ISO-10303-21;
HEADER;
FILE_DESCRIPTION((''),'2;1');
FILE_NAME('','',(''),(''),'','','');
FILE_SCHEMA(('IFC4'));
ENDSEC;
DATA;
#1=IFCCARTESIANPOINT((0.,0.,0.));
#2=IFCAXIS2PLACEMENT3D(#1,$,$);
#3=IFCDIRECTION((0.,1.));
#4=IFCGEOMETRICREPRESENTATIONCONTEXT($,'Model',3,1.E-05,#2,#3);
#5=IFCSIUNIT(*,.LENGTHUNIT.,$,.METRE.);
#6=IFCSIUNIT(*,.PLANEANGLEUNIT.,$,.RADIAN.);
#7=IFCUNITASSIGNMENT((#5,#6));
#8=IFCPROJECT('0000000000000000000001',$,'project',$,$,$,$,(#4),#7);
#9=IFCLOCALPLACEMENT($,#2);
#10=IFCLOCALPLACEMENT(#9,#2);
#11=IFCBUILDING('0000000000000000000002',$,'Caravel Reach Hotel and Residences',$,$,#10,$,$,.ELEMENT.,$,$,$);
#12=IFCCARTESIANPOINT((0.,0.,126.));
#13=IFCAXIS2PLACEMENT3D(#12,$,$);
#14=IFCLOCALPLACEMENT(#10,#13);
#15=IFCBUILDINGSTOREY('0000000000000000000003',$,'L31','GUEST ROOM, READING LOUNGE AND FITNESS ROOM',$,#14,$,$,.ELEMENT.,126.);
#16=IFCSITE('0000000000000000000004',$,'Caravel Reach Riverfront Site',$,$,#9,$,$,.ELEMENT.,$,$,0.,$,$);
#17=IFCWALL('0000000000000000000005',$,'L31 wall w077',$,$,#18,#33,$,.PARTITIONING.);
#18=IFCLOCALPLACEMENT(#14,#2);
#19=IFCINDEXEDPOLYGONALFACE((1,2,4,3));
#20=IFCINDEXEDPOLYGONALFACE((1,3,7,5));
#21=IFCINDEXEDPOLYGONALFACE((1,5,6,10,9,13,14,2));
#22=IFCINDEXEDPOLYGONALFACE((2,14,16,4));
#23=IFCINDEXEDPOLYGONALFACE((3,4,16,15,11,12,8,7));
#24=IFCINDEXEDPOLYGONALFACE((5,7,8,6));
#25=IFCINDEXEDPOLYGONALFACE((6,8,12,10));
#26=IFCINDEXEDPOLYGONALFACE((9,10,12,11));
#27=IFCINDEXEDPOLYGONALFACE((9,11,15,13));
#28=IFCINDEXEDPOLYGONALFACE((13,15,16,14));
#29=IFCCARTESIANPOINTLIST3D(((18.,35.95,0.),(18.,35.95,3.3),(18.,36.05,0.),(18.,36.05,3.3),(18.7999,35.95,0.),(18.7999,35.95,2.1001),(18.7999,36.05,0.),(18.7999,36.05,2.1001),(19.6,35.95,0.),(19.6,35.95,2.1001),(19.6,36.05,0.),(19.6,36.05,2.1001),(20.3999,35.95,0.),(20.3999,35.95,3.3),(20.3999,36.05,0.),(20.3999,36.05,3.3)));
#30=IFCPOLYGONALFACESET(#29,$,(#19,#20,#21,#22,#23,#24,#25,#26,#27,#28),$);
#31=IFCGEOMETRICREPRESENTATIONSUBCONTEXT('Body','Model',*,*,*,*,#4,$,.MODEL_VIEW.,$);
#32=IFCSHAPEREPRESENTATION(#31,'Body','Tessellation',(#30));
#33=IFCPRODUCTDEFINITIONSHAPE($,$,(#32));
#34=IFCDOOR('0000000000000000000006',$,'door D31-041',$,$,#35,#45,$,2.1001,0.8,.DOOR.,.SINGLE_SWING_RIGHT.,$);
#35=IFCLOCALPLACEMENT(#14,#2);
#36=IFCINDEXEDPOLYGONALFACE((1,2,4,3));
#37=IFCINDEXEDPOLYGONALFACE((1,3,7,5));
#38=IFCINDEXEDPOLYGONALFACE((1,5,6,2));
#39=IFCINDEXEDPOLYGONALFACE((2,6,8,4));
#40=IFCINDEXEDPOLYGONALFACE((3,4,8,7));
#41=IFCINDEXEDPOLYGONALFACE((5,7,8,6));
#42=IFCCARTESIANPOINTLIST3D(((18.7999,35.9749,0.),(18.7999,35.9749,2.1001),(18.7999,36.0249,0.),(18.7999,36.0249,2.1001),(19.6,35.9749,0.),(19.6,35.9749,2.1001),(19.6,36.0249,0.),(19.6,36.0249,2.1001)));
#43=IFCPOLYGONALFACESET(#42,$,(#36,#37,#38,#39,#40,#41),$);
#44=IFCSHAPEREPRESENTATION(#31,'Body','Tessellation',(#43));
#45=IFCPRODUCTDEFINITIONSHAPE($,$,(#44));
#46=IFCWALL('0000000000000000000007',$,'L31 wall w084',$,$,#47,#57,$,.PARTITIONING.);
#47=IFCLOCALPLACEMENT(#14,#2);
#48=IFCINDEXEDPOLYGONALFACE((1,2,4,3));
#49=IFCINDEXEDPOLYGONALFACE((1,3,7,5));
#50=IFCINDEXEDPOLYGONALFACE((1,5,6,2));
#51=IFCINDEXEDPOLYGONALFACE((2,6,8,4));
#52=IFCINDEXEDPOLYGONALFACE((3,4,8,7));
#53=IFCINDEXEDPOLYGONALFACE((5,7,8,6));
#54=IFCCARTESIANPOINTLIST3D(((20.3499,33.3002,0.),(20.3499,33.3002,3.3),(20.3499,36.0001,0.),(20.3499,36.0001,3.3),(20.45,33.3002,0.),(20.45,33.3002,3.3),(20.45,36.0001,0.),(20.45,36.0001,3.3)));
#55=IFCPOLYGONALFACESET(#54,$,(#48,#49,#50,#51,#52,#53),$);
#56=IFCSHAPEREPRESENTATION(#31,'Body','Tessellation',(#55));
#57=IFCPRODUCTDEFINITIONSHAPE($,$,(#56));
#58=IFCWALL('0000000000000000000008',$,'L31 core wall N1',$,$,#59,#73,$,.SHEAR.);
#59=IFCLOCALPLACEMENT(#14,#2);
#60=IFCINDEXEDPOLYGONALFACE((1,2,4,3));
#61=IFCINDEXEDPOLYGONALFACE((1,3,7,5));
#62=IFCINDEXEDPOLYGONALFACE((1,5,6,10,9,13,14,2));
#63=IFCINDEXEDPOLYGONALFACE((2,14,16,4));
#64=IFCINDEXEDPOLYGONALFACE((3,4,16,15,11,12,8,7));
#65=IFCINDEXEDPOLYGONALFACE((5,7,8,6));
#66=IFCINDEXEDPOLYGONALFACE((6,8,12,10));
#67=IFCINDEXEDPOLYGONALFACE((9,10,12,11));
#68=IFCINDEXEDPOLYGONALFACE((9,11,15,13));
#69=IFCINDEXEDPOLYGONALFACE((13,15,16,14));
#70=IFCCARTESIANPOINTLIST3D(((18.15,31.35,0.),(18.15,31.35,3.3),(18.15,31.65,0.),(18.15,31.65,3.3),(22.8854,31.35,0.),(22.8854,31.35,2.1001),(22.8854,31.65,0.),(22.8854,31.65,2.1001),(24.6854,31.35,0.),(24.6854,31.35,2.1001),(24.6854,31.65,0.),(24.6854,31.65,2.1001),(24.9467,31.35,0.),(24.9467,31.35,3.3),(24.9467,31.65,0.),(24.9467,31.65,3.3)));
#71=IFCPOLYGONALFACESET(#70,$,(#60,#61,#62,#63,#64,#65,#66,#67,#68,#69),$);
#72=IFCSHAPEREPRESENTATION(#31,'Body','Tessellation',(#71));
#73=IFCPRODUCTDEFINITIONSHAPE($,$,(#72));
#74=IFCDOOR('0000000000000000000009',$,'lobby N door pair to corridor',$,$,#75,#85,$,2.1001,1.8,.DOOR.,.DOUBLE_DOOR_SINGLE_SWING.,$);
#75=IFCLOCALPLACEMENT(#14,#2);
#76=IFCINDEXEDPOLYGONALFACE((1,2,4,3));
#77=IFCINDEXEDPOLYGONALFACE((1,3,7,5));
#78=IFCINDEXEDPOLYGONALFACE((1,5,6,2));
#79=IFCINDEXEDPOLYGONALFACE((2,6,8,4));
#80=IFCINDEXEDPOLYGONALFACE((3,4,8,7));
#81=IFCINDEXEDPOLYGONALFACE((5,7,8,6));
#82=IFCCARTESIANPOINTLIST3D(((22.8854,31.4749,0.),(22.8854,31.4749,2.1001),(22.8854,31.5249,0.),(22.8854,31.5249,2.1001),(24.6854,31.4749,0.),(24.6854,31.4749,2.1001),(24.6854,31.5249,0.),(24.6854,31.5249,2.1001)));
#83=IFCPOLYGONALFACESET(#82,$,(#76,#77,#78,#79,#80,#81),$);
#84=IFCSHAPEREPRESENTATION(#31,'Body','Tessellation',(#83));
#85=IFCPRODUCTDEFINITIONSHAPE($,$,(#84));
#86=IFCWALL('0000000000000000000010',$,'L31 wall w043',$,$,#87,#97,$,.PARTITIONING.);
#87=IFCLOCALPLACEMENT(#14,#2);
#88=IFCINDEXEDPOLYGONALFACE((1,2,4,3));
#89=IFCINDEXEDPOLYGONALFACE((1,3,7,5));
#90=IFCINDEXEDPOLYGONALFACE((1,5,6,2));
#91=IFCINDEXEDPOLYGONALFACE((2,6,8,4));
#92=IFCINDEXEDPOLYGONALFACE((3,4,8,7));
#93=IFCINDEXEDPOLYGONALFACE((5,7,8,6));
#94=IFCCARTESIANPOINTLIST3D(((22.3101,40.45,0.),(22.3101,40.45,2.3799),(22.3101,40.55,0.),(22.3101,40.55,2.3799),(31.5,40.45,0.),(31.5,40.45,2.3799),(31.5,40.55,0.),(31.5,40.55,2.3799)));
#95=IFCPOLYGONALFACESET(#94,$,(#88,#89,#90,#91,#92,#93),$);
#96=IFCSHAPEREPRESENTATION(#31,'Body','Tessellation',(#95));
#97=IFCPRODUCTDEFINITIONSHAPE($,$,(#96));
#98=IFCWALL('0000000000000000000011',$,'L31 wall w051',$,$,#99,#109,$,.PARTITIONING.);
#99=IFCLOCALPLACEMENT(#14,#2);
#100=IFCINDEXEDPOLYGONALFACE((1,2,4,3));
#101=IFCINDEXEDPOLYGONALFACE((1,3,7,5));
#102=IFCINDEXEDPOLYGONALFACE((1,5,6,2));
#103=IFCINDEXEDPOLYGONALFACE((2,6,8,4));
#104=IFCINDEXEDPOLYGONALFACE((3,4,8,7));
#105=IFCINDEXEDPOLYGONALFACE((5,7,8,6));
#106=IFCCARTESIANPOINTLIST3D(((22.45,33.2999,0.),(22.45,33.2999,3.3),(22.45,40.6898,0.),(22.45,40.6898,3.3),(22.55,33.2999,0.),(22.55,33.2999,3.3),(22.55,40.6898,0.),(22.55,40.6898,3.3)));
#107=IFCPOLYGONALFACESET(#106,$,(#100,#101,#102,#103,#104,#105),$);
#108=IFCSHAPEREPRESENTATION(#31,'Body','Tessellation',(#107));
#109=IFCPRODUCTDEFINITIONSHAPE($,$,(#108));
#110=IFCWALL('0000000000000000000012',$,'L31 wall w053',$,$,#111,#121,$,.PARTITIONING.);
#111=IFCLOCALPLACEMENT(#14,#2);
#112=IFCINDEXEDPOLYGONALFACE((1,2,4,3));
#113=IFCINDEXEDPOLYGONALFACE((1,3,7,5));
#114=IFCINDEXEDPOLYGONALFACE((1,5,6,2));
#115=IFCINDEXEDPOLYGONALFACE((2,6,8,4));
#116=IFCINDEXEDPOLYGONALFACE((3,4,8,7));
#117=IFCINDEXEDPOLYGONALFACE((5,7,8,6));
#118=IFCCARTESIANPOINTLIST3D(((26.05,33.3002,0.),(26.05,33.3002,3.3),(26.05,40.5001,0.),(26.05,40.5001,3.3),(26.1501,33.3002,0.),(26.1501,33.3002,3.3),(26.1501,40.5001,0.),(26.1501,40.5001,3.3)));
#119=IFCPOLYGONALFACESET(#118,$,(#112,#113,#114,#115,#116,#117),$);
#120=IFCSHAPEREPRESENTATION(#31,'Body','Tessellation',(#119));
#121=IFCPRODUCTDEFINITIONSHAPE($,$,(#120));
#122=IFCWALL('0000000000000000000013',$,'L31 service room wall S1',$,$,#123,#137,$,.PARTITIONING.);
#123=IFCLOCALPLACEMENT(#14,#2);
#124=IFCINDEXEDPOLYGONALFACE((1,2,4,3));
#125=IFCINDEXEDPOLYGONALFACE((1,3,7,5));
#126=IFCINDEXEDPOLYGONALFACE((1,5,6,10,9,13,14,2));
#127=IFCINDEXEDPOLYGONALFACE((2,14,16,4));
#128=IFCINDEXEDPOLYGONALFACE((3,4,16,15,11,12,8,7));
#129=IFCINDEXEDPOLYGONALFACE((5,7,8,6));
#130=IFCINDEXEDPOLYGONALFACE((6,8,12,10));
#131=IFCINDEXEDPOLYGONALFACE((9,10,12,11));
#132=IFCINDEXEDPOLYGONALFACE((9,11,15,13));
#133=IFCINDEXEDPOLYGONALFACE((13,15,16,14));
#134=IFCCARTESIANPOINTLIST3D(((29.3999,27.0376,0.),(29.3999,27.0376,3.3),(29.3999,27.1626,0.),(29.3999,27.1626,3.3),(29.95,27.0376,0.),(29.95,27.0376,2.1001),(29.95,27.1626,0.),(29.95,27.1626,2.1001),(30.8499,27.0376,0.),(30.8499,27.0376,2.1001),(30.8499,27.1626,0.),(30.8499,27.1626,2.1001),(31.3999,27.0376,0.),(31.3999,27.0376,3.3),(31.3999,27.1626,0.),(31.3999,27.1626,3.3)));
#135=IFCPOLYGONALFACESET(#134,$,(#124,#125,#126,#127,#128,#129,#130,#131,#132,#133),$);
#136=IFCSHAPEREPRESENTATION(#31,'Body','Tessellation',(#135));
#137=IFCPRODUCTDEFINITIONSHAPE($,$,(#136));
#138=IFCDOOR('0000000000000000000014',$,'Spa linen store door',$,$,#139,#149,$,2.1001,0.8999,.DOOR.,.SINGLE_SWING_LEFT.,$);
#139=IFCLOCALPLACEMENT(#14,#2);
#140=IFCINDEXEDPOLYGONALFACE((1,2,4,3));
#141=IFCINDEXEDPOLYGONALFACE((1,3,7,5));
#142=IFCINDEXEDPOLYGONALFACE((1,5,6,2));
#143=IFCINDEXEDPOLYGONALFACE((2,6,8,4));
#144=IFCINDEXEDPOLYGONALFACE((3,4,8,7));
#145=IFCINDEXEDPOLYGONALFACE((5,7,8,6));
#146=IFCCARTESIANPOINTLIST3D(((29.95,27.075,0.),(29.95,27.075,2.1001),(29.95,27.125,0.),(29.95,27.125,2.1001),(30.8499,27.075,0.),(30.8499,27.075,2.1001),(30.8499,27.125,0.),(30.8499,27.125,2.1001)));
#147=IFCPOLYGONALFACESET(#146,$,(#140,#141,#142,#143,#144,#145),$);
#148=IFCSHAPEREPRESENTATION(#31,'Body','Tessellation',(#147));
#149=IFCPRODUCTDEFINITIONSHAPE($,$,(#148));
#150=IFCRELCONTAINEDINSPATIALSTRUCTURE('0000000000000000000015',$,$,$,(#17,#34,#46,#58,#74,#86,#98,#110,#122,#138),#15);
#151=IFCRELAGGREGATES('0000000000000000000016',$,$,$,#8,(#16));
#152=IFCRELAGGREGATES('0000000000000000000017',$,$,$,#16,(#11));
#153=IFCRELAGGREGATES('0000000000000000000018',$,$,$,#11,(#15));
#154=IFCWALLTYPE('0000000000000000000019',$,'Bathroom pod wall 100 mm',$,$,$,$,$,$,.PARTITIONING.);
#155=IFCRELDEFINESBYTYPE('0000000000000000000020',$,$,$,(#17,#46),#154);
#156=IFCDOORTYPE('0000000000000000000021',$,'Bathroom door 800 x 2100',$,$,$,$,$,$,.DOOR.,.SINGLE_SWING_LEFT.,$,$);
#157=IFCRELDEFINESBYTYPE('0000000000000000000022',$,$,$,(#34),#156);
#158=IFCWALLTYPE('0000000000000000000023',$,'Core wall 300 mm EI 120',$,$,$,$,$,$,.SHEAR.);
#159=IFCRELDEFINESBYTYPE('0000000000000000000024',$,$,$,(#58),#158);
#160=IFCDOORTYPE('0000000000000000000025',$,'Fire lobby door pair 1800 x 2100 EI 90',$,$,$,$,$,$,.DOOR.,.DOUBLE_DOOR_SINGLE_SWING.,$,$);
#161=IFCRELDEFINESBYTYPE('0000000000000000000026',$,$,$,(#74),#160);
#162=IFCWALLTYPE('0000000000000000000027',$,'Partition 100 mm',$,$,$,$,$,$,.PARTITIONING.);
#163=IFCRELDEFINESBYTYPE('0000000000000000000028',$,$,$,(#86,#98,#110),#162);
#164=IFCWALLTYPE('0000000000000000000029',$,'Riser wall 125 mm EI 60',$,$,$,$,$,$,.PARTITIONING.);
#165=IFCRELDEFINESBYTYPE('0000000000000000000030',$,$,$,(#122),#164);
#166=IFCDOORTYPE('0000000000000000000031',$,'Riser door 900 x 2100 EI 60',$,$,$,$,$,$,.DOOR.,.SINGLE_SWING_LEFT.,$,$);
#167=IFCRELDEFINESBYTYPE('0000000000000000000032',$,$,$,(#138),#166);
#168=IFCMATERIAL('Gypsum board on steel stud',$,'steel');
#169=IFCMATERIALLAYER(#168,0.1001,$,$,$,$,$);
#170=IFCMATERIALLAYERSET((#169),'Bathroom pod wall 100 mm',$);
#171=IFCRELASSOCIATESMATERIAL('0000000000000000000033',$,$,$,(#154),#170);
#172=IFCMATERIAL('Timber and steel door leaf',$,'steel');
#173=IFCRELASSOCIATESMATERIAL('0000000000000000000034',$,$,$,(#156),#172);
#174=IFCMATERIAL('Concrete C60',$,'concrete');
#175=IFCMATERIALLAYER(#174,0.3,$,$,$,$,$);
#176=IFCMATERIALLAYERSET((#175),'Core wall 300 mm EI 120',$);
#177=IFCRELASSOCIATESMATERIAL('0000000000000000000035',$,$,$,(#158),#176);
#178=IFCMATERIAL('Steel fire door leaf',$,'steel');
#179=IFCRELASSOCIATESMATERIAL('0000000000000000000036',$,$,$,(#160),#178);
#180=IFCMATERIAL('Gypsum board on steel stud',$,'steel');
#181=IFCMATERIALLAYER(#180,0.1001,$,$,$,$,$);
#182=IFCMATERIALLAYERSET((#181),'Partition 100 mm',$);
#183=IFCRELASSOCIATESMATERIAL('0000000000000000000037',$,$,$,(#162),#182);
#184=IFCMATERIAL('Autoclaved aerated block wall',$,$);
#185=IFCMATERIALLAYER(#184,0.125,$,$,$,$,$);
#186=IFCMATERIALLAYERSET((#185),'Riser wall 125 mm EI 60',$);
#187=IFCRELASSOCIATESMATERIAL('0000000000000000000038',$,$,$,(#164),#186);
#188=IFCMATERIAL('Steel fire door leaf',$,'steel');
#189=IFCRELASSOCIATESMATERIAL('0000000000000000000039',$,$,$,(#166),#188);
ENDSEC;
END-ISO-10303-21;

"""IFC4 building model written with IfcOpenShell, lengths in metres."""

from ifc_helpers import new_model, si_unit, direction, frame, frame_2d, origin, place, context, subcontext, project, spatial, rectangle, extrude, material, layer, layer_set, type_object, element, fill, save


model = new_model("IFC4")

# Units and contexts
model_context = context("Model", 3, precision=1e-05, world=origin(), true_north=direction((0.0, 1.0)))
body_context = subcontext(model_context, "Body", "Model", "MODEL_VIEW")
ifc_project = project(units=[si_unit("LENGTHUNIT", "METRE"), si_unit("PLANEANGLEUNIT", "RADIAN")], contexts=[model_context])

# Site, building, storey
site_placement = place(None, origin())
site = spatial("IfcSite", under=ifc_project, at=site_placement, Name="Caravel Reach Riverfront Site", CompositionType="ELEMENT", RefElevation=0.0)
building_placement = place(site_placement, origin())
building = spatial("IfcBuilding", under=site, at=building_placement, Name="Caravel Reach Hotel and Residences", CompositionType="ELEMENT")
storey_placement = place(building_placement, frame((0.0, 0.0, 126.0)))
storey = spatial("IfcBuildingStorey", under=building, at=storey_placement, Name="L31", Description="GUEST ROOM, READING LOUNGE AND FITNESS ROOM", CompositionType="ELEMENT", Elevation=126.0)

# Wall, opening, door
ifc_material_1 = material(Name="Gypsum board on steel stud", Category="steel")
ifc_layer_1 = layer(ifc_material_1, 0.1001)
ifc_layer_set_1 = layer_set([ifc_layer_1], Name="Bathroom pod wall 100 mm")
wall_type_1 = type_object("IfcWallType", Name="Bathroom pod wall 100 mm", PredefinedType="PARTITIONING", material=ifc_layer_set_1)
wall_1_placement = place(storey_placement, frame((18.0, 36.0, 0.0), z_axis=(0.0, 0.0, 1.0), x_axis=(1.0, 0.0, 0.0)))
wall_1 = element("IfcWall", 1, at=wall_1_placement, inside=storey, type_object=wall_type_1, Name="L31 wall w077", PredefinedType="PARTITIONING", context=body_context, shape_type="SweptSolid", body=[
    extrude(rectangle(XDim=2.3999, YDim=0.1001, at=frame_2d((1.2, 0.0))), origin(), (0.0, 0.0, 1.0), 3.3),
])
opening_1_placement = place(wall_1_placement, frame((0.8, 0.0, 0.0)))
opening_1 = element("IfcOpeningElement", 2, at=opening_1_placement, cuts=wall_1, PredefinedType="OPENING", context=body_context, shape_type="SweptSolid", body=[
    extrude(rectangle(XDim=0.8, YDim=2.1001, at=frame_2d((0.3999, 1.05))), frame((0.0, 0.0601, 0.0), z_axis=(0.0, -1.0, 0.0), x_axis=(1.0, 0.0, 0.0)), (0.0, 0.0, 1.0), 0.1201),
])
ifc_material_2 = material(Name="Timber and steel door leaf", Category="steel")
door_type_1 = type_object("IfcDoorType", Name="Bathroom door 800 x 2100", OperationType="SINGLE_SWING_LEFT", PredefinedType="DOOR", material=ifc_material_2)
door_1_placement = place(opening_1_placement, origin())
door_1 = element("IfcDoor", 3, at=door_1_placement, inside=storey, type_object=door_type_1, Name="door D31-041", OperationType="SINGLE_SWING_RIGHT", OverallHeight=2.1001, OverallWidth=0.8, PredefinedType="DOOR", context=body_context, shape_type="SweptSolid", body=[
    extrude(rectangle(XDim=0.8, YDim=2.1001, at=frame_2d((0.3999, 1.05))), frame((0.0, 0.0249, 0.0), z_axis=(0.0, -1.0, 0.0), x_axis=(1.0, 0.0, 0.0)), (0.0, 0.0, 1.0), 0.05),
])
fill(opening_1, door_1)

# Wall
wall_2_placement = place(storey_placement, frame((20.3999, 33.3, 0.0), z_axis=(0.0, 0.0, 1.0), x_axis=(0.0, 1.0, 0.0)))
element("IfcWall", 4, at=wall_2_placement, inside=storey, type_object=wall_type_1, Name="L31 wall w084", PredefinedType="PARTITIONING", context=body_context, shape_type="SweptSolid", body=[
    extrude(rectangle(XDim=2.7, YDim=0.1001, at=frame_2d((1.3501, 0.0))), origin(), (0.0, 0.0, 1.0), 3.3),
])

# Wall, opening, door
ifc_material_3 = material(Name="Concrete C60", Category="concrete")
ifc_layer_2 = layer(ifc_material_3, 0.3)
ifc_layer_set_2 = layer_set([ifc_layer_2], Name="Core wall 300 mm EI 120")
wall_type_2 = type_object("IfcWallType", Name="Core wall 300 mm EI 120", PredefinedType="SHEAR", material=ifc_layer_set_2)
wall_3_placement = place(storey_placement, frame((18.1499, 31.5, 0.0), z_axis=(0.0, 0.0, 1.0), x_axis=(1.0, 0.0, 0.0)))
wall_3 = element("IfcWall", 5, at=wall_3_placement, inside=storey, type_object=wall_type_2, Name="L31 core wall N1", PredefinedType="SHEAR", context=body_context, shape_type="SweptSolid", body=[
    extrude(rectangle(XDim=6.7966, YDim=0.3, at=frame_2d((3.3984, 0.0))), origin(), (0.0, 0.0, 1.0), 3.3),
])
opening_2_placement = place(wall_3_placement, frame((4.7356, 0.0, 0.0)))
opening_2 = element("IfcOpeningElement", 6, at=opening_2_placement, cuts=wall_3, PredefinedType="OPENING", context=body_context, shape_type="SweptSolid", body=[
    extrude(rectangle(XDim=1.8, YDim=2.1001, at=frame_2d((0.8999, 1.05))), frame((0.0, 0.1599, 0.0), z_axis=(0.0, -1.0, 0.0), x_axis=(1.0, 0.0, 0.0)), (0.0, 0.0, 1.0), 0.3201),
])
ifc_material_4 = material(Name="Steel fire door leaf", Category="steel")
door_type_2 = type_object("IfcDoorType", Name="Fire lobby door pair 1800 x 2100 EI 90", OperationType="DOUBLE_DOOR_SINGLE_SWING", PredefinedType="DOOR", material=ifc_material_4)
door_2_placement = place(opening_2_placement, origin())
door_2 = element("IfcDoor", 7, at=door_2_placement, inside=storey, type_object=door_type_2, Name="lobby N door pair to corridor", OperationType="DOUBLE_DOOR_SINGLE_SWING", OverallHeight=2.1001, OverallWidth=1.8, PredefinedType="DOOR", context=body_context, shape_type="SweptSolid", body=[
    extrude(rectangle(XDim=1.8, YDim=2.1001, at=frame_2d((0.8999, 1.05))), frame((0.0, 0.0249, 0.0), z_axis=(0.0, -1.0, 0.0), x_axis=(1.0, 0.0, 0.0)), (0.0, 0.0, 1.0), 0.05),
])
fill(opening_2, door_2)

# Walls
ifc_material_5 = material(Name="Gypsum board on steel stud", Category="steel")
ifc_layer_3 = layer(ifc_material_5, 0.1001)
ifc_layer_set_3 = layer_set([ifc_layer_3], Name="Partition 100 mm")
wall_type_3 = type_object("IfcWallType", Name="Partition 100 mm", PredefinedType="PARTITIONING", material=ifc_layer_set_3)
wall_4_placement = place(storey_placement, frame((22.3101, 40.5, 0.0), z_axis=(0.0, 0.0, 1.0), x_axis=(1.0, 0.0, 0.0)))
element("IfcWall", 8, at=wall_4_placement, inside=storey, type_object=wall_type_3, Name="L31 wall w043", PredefinedType="PARTITIONING", context=body_context, shape_type="SweptSolid", body=[
    extrude(rectangle(XDim=9.1899, YDim=0.1001, at=frame_2d((4.595, 0.0))), origin(), (0.0, 0.0, 1.0), 2.3799),
])
wall_5_placement = place(storey_placement, frame((22.5, 33.3, 0.0), z_axis=(0.0, 0.0, 1.0), x_axis=(0.0, 1.0, 0.0)))
element("IfcWall", 9, at=wall_5_placement, inside=storey, type_object=wall_type_3, Name="L31 wall w051", PredefinedType="PARTITIONING", context=body_context, shape_type="SweptSolid", body=[
    extrude(rectangle(XDim=7.3899, YDim=0.1001, at=frame_2d((3.6948, 0.0))), origin(), (0.0, 0.0, 1.0), 3.3),
])
wall_6_placement = place(storey_placement, frame((26.1001, 33.3, 0.0), z_axis=(0.0, 0.0, 1.0), x_axis=(0.0, 1.0, 0.0)))
element("IfcWall", 10, at=wall_6_placement, inside=storey, type_object=wall_type_3, Name="L31 wall w053", PredefinedType="PARTITIONING", context=body_context, shape_type="SweptSolid", body=[
    extrude(rectangle(XDim=7.2, YDim=0.1001, at=frame_2d((3.6001, 0.0))), origin(), (0.0, 0.0, 1.0), 3.3),
])

# Wall, opening, door
ifc_material_6 = material(Name="Autoclaved aerated block wall")
ifc_layer_4 = layer(ifc_material_6, 0.125)
ifc_layer_set_4 = layer_set([ifc_layer_4], Name="Riser wall 125 mm EI 60")
wall_type_4 = type_object("IfcWallType", Name="Riser wall 125 mm EI 60", PredefinedType="PARTITIONING", material=ifc_layer_set_4)
wall_7_placement = place(storey_placement, frame((29.3999, 27.1001, 0.0), z_axis=(0.0, 0.0, 1.0), x_axis=(1.0, 0.0, 0.0)))
wall_7 = element("IfcWall", 11, at=wall_7_placement, inside=storey, type_object=wall_type_4, Name="L31 service room wall S1", PredefinedType="PARTITIONING", context=body_context, shape_type="SweptSolid", body=[
    extrude(rectangle(XDim=2.0, YDim=0.125, at=frame_2d((1.0, 0.0))), origin(), (0.0, 0.0, 1.0), 3.3),
])
opening_3_placement = place(wall_7_placement, frame((0.55, 0.0, 0.0)))
opening_3 = element("IfcOpeningElement", 12, at=opening_3_placement, cuts=wall_7, PredefinedType="OPENING", context=body_context, shape_type="SweptSolid", body=[
    extrude(rectangle(XDim=0.8999, YDim=2.1001, at=frame_2d((0.45, 1.05))), frame((0.0, 0.0725, 0.0), z_axis=(0.0, -1.0, 0.0), x_axis=(1.0, 0.0, 0.0)), (0.0, 0.0, 1.0), 0.145),
])
ifc_material_7 = material(Name="Steel fire door leaf", Category="steel")
door_type_3 = type_object("IfcDoorType", Name="Riser door 900 x 2100 EI 60", OperationType="SINGLE_SWING_LEFT", PredefinedType="DOOR", material=ifc_material_7)
door_3_placement = place(opening_3_placement, origin())
door_3 = element("IfcDoor", 13, at=door_3_placement, inside=storey, type_object=door_type_3, Name="Spa linen store door", OperationType="SINGLE_SWING_LEFT", OverallHeight=2.1001, OverallWidth=0.8999, PredefinedType="DOOR", context=body_context, shape_type="SweptSolid", body=[
    extrude(rectangle(XDim=0.8999, YDim=2.1001, at=frame_2d((0.45, 1.05))), frame((0.0, 0.0249, 0.0), z_axis=(0.0, -1.0, 0.0), x_axis=(1.0, 0.0, 0.0)), (0.0, 0.0, 1.0), 0.05),
])
fill(opening_3, door_3)

save(model, "model.ifc")
